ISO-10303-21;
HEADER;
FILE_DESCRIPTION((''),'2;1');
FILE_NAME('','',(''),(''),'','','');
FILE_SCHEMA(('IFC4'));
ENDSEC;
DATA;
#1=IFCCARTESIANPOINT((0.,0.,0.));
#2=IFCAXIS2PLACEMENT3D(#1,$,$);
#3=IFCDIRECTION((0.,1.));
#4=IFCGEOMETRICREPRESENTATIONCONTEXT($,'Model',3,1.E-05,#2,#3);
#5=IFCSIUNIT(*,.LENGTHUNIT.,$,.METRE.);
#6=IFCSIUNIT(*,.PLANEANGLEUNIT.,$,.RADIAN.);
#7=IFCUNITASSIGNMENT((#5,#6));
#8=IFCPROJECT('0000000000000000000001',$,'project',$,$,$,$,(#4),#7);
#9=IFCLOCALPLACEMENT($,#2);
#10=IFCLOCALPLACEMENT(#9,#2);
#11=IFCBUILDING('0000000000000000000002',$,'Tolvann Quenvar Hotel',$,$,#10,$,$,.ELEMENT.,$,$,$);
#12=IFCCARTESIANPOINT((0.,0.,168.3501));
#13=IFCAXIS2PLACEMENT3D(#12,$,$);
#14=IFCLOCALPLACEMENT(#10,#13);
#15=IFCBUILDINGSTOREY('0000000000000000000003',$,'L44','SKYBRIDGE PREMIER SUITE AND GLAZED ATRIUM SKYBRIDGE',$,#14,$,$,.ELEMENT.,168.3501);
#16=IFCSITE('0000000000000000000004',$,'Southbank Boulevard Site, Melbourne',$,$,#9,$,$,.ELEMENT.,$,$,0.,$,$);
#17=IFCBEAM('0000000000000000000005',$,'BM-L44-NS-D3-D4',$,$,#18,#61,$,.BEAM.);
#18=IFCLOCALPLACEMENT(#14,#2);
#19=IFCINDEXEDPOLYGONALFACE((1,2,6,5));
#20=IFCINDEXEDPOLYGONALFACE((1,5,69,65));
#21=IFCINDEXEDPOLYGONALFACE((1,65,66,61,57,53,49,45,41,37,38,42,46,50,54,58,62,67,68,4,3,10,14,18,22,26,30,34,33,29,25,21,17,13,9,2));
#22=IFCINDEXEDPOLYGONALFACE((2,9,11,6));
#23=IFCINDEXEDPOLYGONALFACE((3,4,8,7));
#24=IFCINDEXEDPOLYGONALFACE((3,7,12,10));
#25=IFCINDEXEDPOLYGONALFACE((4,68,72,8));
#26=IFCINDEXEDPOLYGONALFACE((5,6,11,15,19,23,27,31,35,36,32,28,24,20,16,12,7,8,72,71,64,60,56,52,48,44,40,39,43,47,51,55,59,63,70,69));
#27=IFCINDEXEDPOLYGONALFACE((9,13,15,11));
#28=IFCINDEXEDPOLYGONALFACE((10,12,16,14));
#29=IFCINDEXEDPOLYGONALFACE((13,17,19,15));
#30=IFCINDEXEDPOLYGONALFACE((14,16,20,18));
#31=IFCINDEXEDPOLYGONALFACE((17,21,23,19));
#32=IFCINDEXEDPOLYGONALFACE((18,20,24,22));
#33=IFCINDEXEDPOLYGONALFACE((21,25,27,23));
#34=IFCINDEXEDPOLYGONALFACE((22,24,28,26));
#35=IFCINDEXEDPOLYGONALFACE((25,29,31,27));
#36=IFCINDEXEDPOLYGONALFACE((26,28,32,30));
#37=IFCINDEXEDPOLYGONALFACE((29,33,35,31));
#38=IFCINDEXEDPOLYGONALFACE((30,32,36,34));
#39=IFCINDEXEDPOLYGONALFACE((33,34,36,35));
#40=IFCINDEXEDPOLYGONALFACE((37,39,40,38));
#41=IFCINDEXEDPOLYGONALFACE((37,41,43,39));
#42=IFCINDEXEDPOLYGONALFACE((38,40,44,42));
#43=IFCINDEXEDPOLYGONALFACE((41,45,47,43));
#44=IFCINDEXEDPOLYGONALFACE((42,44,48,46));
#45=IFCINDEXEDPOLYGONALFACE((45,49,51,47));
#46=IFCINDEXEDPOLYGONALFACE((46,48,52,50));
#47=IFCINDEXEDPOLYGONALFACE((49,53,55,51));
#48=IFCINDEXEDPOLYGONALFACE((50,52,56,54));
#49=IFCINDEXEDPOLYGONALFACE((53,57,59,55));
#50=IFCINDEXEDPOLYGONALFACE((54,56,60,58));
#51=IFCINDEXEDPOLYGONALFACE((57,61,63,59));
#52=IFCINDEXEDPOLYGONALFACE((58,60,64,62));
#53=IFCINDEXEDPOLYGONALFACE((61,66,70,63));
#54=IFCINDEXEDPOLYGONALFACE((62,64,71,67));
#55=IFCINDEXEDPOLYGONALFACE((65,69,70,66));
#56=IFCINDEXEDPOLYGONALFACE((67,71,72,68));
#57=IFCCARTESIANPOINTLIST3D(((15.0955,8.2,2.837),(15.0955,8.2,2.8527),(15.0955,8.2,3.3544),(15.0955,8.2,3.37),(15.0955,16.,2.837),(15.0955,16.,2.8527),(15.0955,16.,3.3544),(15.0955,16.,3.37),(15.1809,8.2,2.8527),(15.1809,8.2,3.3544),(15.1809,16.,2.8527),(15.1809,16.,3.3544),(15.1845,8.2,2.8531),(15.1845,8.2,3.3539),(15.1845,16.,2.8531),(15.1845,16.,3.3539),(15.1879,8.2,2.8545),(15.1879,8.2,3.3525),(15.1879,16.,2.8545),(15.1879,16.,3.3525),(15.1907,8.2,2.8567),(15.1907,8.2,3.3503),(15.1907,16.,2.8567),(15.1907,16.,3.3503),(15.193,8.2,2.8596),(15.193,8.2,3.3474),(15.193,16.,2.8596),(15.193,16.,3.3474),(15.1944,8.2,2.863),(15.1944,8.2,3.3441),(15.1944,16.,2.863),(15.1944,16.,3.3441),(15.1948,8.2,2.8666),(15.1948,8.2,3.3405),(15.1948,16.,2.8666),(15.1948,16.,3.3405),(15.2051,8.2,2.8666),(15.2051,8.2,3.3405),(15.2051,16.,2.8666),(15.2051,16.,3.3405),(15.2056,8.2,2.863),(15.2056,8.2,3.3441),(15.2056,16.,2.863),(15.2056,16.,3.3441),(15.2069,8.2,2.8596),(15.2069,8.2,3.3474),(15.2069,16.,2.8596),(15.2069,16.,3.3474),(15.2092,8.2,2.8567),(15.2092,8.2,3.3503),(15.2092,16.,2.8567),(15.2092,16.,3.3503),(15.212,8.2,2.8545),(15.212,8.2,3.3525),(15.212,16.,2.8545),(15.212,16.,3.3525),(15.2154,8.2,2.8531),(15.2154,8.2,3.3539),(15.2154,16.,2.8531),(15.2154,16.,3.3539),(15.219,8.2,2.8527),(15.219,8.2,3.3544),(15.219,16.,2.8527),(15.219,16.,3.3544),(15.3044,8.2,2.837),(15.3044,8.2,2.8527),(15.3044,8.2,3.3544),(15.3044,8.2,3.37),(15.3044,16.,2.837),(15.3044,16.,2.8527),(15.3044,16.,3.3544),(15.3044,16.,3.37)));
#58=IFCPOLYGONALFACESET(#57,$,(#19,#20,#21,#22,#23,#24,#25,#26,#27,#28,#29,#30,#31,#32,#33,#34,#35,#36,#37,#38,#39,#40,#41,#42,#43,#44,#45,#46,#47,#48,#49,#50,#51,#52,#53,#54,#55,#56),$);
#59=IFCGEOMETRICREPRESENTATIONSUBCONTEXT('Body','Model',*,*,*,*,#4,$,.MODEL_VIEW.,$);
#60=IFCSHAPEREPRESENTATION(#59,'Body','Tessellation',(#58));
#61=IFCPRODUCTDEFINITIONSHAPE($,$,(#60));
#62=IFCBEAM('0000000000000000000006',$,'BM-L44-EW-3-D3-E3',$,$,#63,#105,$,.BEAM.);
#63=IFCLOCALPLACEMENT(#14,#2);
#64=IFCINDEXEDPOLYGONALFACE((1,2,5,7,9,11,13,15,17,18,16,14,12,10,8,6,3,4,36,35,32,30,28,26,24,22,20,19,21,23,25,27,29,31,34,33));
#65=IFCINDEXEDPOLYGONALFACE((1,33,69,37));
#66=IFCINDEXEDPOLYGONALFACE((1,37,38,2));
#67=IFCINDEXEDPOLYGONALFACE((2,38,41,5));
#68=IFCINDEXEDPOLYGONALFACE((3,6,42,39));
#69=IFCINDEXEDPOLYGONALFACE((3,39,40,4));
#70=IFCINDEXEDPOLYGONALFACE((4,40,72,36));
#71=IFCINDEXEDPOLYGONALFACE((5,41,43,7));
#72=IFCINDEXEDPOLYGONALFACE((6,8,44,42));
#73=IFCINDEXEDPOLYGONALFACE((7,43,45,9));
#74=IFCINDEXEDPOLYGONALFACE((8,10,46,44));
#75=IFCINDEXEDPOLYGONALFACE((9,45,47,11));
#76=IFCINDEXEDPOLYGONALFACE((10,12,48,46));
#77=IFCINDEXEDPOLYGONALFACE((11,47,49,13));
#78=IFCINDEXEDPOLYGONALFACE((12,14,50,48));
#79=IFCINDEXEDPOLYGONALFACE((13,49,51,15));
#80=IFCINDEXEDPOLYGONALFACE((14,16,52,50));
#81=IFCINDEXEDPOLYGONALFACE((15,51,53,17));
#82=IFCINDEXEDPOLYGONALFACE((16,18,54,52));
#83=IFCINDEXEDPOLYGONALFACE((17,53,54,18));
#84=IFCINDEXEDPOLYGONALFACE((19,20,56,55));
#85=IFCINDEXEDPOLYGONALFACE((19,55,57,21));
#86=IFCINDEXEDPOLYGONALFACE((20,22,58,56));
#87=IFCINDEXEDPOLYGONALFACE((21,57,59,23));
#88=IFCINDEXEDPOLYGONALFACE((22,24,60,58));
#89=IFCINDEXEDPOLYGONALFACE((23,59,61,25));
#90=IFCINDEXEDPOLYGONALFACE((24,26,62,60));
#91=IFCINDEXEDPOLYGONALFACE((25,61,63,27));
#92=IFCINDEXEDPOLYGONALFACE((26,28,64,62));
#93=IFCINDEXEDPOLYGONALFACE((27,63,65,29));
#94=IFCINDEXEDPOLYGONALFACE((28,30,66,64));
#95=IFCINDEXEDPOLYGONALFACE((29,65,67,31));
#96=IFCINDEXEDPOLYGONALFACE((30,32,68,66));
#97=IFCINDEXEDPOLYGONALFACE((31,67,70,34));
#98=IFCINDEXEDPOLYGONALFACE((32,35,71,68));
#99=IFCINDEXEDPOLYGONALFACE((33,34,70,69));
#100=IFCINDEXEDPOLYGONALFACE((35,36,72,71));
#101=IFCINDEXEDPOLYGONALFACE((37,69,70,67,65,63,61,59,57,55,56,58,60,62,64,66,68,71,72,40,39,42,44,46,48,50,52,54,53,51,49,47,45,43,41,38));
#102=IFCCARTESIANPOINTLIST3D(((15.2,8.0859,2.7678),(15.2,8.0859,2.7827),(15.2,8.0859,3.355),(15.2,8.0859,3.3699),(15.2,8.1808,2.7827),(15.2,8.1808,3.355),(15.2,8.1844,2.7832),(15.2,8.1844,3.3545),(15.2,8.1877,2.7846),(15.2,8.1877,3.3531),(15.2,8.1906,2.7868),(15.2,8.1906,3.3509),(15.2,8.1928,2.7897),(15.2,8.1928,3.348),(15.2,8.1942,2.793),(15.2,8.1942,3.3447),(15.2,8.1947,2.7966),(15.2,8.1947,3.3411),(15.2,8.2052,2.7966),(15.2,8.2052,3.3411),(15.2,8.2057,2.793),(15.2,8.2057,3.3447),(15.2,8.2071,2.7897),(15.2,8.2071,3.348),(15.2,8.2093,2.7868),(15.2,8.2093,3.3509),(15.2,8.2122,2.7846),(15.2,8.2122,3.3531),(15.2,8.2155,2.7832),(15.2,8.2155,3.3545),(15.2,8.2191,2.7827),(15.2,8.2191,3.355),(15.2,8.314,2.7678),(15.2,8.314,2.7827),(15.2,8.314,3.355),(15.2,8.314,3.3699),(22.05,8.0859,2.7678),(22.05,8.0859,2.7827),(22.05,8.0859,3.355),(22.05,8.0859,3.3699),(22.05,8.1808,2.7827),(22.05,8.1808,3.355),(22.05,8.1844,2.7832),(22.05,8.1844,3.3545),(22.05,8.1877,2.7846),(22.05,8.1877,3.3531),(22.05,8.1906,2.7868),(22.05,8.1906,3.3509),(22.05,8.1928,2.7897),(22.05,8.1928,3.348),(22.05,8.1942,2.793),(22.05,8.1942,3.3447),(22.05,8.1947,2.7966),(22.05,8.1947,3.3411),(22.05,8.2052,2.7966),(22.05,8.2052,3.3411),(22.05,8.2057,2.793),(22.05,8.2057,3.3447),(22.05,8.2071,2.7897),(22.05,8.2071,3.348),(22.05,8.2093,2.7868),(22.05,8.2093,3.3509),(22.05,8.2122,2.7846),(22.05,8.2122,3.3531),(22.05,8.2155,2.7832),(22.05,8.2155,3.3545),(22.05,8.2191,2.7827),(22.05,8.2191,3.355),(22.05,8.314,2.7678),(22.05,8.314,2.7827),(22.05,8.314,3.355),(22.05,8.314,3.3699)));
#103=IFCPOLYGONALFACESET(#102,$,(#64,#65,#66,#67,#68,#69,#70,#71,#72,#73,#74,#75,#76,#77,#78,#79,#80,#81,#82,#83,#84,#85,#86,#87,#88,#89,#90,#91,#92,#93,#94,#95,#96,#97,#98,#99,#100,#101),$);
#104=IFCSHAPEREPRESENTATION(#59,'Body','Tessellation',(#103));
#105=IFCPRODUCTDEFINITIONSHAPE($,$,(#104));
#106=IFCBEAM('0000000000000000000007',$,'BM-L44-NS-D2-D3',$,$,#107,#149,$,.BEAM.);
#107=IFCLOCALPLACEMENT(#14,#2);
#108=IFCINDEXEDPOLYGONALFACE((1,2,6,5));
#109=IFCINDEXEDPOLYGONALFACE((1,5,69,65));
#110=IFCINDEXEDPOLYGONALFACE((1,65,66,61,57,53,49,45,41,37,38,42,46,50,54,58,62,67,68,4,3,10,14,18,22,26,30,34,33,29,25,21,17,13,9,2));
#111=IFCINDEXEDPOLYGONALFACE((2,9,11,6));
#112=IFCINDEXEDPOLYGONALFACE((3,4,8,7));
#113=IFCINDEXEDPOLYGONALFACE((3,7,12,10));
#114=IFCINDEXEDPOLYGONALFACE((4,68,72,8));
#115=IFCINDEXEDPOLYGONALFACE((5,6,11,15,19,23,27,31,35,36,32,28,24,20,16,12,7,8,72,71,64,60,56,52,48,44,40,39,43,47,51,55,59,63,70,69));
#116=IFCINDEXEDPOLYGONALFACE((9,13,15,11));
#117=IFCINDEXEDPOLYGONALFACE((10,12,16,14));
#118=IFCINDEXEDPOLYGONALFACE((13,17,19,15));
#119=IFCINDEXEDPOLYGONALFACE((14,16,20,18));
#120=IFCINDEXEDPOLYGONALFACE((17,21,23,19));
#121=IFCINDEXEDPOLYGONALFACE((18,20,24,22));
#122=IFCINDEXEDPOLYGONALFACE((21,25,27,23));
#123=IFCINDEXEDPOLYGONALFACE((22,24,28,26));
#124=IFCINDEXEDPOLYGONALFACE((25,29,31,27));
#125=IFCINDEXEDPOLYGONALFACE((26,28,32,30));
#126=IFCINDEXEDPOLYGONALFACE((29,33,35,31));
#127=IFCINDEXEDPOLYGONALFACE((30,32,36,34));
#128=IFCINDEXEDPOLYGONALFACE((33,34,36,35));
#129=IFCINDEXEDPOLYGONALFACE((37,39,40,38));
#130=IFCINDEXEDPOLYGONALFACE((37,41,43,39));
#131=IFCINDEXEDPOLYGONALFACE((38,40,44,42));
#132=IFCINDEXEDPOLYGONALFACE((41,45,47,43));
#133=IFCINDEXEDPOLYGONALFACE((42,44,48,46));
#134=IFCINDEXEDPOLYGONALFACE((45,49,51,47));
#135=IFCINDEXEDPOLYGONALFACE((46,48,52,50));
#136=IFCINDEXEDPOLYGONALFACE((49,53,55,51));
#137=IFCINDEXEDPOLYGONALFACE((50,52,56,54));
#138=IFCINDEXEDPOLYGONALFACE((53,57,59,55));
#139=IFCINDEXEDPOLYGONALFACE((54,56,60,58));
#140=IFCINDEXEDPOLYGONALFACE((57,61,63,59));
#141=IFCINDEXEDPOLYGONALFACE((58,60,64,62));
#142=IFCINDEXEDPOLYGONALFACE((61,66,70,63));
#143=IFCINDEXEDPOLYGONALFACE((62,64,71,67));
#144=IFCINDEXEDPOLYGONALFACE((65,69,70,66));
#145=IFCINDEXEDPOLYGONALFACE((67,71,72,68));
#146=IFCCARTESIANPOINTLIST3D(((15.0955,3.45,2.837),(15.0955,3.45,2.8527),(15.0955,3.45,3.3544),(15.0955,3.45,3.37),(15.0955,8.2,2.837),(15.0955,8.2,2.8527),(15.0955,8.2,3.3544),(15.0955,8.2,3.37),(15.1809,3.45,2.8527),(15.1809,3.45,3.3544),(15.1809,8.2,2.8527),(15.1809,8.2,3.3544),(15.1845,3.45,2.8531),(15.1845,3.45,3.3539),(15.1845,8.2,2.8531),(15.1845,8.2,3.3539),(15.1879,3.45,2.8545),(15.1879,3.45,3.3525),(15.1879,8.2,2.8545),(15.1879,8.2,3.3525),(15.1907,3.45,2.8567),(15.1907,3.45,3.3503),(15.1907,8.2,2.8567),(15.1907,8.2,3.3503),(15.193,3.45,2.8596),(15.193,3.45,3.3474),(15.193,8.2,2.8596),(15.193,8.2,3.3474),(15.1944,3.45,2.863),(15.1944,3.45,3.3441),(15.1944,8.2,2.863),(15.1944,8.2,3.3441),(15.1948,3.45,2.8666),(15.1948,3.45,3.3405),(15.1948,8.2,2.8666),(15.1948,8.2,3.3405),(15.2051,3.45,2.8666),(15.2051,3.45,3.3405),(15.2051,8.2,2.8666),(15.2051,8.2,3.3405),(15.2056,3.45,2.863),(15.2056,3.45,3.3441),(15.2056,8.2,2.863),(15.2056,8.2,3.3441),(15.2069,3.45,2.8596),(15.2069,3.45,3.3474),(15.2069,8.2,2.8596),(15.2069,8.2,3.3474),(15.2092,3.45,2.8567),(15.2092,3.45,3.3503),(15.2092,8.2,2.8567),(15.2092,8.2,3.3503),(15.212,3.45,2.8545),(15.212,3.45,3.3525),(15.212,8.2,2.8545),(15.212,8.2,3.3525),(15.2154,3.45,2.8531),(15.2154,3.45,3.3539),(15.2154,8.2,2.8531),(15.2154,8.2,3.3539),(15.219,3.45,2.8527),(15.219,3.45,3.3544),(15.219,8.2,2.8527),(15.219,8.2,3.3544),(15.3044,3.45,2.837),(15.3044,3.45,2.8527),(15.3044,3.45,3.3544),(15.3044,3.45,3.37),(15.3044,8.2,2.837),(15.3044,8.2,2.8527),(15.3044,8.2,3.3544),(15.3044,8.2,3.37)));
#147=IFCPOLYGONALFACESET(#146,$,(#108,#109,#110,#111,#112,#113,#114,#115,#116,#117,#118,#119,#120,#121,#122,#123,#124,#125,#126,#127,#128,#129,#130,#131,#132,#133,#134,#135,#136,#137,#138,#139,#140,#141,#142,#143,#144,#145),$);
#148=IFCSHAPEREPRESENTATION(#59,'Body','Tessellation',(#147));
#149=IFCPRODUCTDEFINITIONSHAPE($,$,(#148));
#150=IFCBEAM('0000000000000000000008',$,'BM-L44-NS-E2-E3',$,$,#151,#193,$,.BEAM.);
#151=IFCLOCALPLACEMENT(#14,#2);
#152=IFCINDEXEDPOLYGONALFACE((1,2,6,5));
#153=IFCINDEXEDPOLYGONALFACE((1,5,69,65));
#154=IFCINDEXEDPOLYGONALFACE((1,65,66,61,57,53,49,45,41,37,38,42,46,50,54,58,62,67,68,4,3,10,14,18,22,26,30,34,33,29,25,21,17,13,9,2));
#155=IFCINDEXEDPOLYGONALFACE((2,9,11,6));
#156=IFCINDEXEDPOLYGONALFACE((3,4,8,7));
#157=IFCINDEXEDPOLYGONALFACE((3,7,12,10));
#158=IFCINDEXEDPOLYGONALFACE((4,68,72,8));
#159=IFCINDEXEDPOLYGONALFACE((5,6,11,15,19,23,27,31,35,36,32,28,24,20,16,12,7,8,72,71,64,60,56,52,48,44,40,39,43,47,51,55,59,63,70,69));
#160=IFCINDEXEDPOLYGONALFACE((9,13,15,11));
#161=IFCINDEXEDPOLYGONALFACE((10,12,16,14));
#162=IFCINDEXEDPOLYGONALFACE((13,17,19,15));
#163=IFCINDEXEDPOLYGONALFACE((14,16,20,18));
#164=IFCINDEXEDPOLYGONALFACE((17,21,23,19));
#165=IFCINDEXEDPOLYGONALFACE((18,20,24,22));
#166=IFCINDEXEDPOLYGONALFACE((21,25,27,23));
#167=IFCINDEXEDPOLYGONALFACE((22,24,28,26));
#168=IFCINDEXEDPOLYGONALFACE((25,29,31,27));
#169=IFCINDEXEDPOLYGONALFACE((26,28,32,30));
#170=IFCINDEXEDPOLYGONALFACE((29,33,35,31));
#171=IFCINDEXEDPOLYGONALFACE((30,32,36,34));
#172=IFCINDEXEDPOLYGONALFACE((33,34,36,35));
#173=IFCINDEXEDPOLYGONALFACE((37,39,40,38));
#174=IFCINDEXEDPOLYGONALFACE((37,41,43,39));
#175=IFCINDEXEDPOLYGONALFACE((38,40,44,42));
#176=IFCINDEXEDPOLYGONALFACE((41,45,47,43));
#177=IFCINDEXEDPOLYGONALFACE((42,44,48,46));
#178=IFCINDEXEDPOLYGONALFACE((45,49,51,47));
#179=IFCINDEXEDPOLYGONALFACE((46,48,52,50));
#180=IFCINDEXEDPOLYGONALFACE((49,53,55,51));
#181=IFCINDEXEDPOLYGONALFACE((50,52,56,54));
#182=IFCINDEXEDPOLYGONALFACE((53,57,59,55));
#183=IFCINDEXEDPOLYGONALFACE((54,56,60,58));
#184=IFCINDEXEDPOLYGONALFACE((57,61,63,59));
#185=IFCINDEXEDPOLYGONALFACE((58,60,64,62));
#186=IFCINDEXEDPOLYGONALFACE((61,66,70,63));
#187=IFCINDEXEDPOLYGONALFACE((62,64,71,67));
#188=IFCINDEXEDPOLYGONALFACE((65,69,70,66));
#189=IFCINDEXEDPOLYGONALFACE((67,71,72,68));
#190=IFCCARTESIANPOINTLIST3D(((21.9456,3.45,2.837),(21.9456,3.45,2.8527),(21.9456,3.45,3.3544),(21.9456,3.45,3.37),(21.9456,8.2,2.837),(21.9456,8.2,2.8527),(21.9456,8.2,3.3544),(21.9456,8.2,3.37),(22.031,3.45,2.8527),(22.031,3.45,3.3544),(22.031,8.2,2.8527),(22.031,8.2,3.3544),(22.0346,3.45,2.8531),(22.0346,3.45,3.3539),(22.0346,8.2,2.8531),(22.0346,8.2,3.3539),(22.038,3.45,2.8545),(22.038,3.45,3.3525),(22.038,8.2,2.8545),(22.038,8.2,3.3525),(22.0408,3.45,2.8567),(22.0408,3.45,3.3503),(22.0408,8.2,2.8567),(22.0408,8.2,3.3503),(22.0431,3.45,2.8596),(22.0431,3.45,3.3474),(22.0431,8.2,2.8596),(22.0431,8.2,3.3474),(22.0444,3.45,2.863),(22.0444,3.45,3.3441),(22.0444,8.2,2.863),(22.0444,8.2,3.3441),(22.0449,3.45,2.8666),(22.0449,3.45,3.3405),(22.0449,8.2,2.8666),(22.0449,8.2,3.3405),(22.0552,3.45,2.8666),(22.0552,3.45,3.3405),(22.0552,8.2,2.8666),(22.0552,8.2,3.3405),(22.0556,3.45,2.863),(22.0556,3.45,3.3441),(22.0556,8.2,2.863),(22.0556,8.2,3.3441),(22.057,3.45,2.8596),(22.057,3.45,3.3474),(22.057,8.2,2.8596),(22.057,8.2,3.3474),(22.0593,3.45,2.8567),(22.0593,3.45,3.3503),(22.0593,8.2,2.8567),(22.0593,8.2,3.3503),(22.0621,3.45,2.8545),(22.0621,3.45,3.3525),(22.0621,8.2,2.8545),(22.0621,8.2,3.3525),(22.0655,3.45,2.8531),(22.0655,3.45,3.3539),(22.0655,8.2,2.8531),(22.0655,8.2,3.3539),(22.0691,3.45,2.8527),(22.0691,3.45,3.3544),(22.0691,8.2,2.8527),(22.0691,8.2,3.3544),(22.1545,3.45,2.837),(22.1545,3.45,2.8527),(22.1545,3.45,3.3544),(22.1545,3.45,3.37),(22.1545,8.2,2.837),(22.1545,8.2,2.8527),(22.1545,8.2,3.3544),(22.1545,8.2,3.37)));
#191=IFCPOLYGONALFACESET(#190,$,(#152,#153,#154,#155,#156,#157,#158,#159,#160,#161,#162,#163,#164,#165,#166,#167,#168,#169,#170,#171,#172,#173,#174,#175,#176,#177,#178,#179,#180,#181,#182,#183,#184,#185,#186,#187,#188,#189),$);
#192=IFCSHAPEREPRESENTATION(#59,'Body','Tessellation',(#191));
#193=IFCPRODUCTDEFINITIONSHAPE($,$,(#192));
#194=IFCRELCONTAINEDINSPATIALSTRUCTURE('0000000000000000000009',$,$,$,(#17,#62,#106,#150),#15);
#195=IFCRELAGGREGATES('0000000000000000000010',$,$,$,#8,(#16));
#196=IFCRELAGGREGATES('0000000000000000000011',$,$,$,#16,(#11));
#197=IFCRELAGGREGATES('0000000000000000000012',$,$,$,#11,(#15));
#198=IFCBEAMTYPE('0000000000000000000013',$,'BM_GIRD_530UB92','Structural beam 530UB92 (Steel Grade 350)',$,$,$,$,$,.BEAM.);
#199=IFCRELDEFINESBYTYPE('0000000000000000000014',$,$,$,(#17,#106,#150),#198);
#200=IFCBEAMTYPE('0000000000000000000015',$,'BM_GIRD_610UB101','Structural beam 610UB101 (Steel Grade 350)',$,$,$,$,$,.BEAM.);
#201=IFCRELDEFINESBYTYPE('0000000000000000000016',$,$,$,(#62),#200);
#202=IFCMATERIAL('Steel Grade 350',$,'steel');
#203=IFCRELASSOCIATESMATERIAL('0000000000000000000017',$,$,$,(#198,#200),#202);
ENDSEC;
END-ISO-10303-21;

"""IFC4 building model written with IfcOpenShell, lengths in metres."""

from ifc_helpers import new_model, si_unit, direction, frame, origin, origin_2d, place, context, subcontext, project, spatial, i_section, extrude, source, transform, mapped, material, material_profile, profile_set, type_object, type_shapes, element, save


model = new_model("IFC4")

# Units and contexts
model_context = context("Model", 3, precision=1e-05, world=origin(), true_north=direction((0.0, 1.0)))
body_context = subcontext(model_context, "Body", "Model", "MODEL_VIEW")
ifc_project = project(units=[si_unit("LENGTHUNIT", "METRE"), si_unit("PLANEANGLEUNIT", "RADIAN")], contexts=[model_context])

# Site, building, storey
site_placement = place(None, origin())
site = spatial("IfcSite", under=ifc_project, at=site_placement, Name="Southbank Boulevard Site, Melbourne", CompositionType="ELEMENT", RefElevation=0.0)
building_placement = place(site_placement, origin())
building = spatial("IfcBuilding", under=site, at=building_placement, Name="Tolvann Quenvar Hotel", CompositionType="ELEMENT")
storey_placement = place(building_placement, frame((0.0, 0.0, 168.3501)))
storey = spatial("IfcBuildingStorey", under=building, at=storey_placement, Name="L44", Description="SKYBRIDGE PREMIER SUITE AND GLAZED ATRIUM SKYBRIDGE", CompositionType="ELEMENT", Elevation=168.3501)

# Shared definitions
ifc_material_1 = material(Name="Steel Grade 350", Category="steel")

# Beams
ifc_material_profile_1 = material_profile(ifc_material_1, i_section(OverallWidth=0.209, OverallDepth=0.533, WebThickness=0.0103, FlangeThickness=0.0156, FilletRadius=0.0139, at=origin_2d()), Name="530UB92")
ifc_profile_set_1 = profile_set([ifc_material_profile_1], Name="Steel Grade 350")
beam_type_1 = type_object("IfcBeamType", Name="BM_GIRD_530UB92", Description="Structural beam 530UB92 (Steel Grade 350)", PredefinedType="BEAM", material=ifc_profile_set_1)
shared_shape_1 = source(origin(), body_context, "Body", "SweptSolid", [
    extrude(i_section(OverallWidth=0.209, OverallDepth=0.533, WebThickness=0.0103, FlangeThickness=0.0156, FilletRadius=0.0139, at=origin_2d()), origin(), (0.0, 0.0, 1.0), 7.8),
])
beam_1_placement = place(storey_placement, frame((15.2, 8.2, 3.1035), z_axis=(0.0, 1.0, 0.0), x_axis=(-1.0, 0.0, 0.0)))
element("IfcBeam", 1, at=beam_1_placement, inside=storey, type_object=beam_type_1, Name="BM-L44-NS-D3-D4", PredefinedType="BEAM", context=body_context, shape_type="MappedRepresentation", body=[
    mapped(shared_shape_1, transform((0.0, 0.0, 0.0), x_axis=(1.0, 0.0, 0.0), y_axis=(0.0, 1.0, 0.0), z_axis=(0.0, 0.0, 1.0), scale=1.0)),
])
ifc_material_profile_2 = material_profile(ifc_material_1, i_section(OverallWidth=0.228, OverallDepth=0.6021, WebThickness=0.0105, FlangeThickness=0.0149, FilletRadius=0.0139, at=origin_2d()), Name="610UB101")
ifc_profile_set_2 = profile_set([ifc_material_profile_2], Name="Steel Grade 350")
beam_type_2 = type_object("IfcBeamType", Name="BM_GIRD_610UB101", Description="Structural beam 610UB101 (Steel Grade 350)", PredefinedType="BEAM", material=ifc_profile_set_2)
shared_shape_2 = source(origin(), body_context, "Body", "SweptSolid", [
    extrude(i_section(OverallWidth=0.228, OverallDepth=0.6021, WebThickness=0.0105, FlangeThickness=0.0149, FilletRadius=0.0139, at=origin_2d()), origin(), (0.0, 0.0, 1.0), 6.8501),
])
type_shapes(beam_type_2, [shared_shape_2])
beam_2_placement = place(storey_placement, frame((15.2, 8.2, 3.0688), z_axis=(1.0, 0.0, 0.0), x_axis=(0.0, 1.0, 0.0)))
element("IfcBeam", 2, at=beam_2_placement, inside=storey, type_object=beam_type_2, Name="BM-L44-EW-3-D3-E3", PredefinedType="BEAM", context=body_context, shape_type="MappedRepresentation", body=[
    mapped(shared_shape_2, transform((0.0, 0.0, 0.0), x_axis=(1.0, 0.0, 0.0), y_axis=(0.0, 1.0, 0.0), z_axis=(0.0, 0.0, 1.0), scale=1.0)),
])
shared_shape_3 = source(origin(), body_context, "Body", "SweptSolid", [
    extrude(i_section(OverallWidth=0.209, OverallDepth=0.533, WebThickness=0.0103, FlangeThickness=0.0156, FilletRadius=0.0139, at=origin_2d()), origin(), (0.0, 0.0, 1.0), 4.75),
])
type_shapes(beam_type_1, [shared_shape_1, shared_shape_3])
for number, where, z_axis, x_axis, name in (
    (3, (15.2, 3.45, 3.1035), (0.0, 1.0, 0.0), (-1.0, 0.0, 0.0), "BM-L44-NS-D2-D3"),
    (4, (22.05, 3.45, 3.1035), (0.0, 1.0, 0.0), (-1.0, 0.0, 0.0), "BM-L44-NS-E2-E3"),
):
    element("IfcBeam", number, at=place(storey_placement, frame(where, z_axis=z_axis, x_axis=x_axis)), inside=storey, type_object=beam_type_1, Name=name, PredefinedType="BEAM", context=body_context, shape_type="MappedRepresentation", body=[
        mapped(shared_shape_3, transform((0.0, 0.0, 0.0), x_axis=(1.0, 0.0, 0.0), y_axis=(0.0, 1.0, 0.0), z_axis=(0.0, 0.0, 1.0), scale=1.0)),
    ])

save(model, "model.ifc")
